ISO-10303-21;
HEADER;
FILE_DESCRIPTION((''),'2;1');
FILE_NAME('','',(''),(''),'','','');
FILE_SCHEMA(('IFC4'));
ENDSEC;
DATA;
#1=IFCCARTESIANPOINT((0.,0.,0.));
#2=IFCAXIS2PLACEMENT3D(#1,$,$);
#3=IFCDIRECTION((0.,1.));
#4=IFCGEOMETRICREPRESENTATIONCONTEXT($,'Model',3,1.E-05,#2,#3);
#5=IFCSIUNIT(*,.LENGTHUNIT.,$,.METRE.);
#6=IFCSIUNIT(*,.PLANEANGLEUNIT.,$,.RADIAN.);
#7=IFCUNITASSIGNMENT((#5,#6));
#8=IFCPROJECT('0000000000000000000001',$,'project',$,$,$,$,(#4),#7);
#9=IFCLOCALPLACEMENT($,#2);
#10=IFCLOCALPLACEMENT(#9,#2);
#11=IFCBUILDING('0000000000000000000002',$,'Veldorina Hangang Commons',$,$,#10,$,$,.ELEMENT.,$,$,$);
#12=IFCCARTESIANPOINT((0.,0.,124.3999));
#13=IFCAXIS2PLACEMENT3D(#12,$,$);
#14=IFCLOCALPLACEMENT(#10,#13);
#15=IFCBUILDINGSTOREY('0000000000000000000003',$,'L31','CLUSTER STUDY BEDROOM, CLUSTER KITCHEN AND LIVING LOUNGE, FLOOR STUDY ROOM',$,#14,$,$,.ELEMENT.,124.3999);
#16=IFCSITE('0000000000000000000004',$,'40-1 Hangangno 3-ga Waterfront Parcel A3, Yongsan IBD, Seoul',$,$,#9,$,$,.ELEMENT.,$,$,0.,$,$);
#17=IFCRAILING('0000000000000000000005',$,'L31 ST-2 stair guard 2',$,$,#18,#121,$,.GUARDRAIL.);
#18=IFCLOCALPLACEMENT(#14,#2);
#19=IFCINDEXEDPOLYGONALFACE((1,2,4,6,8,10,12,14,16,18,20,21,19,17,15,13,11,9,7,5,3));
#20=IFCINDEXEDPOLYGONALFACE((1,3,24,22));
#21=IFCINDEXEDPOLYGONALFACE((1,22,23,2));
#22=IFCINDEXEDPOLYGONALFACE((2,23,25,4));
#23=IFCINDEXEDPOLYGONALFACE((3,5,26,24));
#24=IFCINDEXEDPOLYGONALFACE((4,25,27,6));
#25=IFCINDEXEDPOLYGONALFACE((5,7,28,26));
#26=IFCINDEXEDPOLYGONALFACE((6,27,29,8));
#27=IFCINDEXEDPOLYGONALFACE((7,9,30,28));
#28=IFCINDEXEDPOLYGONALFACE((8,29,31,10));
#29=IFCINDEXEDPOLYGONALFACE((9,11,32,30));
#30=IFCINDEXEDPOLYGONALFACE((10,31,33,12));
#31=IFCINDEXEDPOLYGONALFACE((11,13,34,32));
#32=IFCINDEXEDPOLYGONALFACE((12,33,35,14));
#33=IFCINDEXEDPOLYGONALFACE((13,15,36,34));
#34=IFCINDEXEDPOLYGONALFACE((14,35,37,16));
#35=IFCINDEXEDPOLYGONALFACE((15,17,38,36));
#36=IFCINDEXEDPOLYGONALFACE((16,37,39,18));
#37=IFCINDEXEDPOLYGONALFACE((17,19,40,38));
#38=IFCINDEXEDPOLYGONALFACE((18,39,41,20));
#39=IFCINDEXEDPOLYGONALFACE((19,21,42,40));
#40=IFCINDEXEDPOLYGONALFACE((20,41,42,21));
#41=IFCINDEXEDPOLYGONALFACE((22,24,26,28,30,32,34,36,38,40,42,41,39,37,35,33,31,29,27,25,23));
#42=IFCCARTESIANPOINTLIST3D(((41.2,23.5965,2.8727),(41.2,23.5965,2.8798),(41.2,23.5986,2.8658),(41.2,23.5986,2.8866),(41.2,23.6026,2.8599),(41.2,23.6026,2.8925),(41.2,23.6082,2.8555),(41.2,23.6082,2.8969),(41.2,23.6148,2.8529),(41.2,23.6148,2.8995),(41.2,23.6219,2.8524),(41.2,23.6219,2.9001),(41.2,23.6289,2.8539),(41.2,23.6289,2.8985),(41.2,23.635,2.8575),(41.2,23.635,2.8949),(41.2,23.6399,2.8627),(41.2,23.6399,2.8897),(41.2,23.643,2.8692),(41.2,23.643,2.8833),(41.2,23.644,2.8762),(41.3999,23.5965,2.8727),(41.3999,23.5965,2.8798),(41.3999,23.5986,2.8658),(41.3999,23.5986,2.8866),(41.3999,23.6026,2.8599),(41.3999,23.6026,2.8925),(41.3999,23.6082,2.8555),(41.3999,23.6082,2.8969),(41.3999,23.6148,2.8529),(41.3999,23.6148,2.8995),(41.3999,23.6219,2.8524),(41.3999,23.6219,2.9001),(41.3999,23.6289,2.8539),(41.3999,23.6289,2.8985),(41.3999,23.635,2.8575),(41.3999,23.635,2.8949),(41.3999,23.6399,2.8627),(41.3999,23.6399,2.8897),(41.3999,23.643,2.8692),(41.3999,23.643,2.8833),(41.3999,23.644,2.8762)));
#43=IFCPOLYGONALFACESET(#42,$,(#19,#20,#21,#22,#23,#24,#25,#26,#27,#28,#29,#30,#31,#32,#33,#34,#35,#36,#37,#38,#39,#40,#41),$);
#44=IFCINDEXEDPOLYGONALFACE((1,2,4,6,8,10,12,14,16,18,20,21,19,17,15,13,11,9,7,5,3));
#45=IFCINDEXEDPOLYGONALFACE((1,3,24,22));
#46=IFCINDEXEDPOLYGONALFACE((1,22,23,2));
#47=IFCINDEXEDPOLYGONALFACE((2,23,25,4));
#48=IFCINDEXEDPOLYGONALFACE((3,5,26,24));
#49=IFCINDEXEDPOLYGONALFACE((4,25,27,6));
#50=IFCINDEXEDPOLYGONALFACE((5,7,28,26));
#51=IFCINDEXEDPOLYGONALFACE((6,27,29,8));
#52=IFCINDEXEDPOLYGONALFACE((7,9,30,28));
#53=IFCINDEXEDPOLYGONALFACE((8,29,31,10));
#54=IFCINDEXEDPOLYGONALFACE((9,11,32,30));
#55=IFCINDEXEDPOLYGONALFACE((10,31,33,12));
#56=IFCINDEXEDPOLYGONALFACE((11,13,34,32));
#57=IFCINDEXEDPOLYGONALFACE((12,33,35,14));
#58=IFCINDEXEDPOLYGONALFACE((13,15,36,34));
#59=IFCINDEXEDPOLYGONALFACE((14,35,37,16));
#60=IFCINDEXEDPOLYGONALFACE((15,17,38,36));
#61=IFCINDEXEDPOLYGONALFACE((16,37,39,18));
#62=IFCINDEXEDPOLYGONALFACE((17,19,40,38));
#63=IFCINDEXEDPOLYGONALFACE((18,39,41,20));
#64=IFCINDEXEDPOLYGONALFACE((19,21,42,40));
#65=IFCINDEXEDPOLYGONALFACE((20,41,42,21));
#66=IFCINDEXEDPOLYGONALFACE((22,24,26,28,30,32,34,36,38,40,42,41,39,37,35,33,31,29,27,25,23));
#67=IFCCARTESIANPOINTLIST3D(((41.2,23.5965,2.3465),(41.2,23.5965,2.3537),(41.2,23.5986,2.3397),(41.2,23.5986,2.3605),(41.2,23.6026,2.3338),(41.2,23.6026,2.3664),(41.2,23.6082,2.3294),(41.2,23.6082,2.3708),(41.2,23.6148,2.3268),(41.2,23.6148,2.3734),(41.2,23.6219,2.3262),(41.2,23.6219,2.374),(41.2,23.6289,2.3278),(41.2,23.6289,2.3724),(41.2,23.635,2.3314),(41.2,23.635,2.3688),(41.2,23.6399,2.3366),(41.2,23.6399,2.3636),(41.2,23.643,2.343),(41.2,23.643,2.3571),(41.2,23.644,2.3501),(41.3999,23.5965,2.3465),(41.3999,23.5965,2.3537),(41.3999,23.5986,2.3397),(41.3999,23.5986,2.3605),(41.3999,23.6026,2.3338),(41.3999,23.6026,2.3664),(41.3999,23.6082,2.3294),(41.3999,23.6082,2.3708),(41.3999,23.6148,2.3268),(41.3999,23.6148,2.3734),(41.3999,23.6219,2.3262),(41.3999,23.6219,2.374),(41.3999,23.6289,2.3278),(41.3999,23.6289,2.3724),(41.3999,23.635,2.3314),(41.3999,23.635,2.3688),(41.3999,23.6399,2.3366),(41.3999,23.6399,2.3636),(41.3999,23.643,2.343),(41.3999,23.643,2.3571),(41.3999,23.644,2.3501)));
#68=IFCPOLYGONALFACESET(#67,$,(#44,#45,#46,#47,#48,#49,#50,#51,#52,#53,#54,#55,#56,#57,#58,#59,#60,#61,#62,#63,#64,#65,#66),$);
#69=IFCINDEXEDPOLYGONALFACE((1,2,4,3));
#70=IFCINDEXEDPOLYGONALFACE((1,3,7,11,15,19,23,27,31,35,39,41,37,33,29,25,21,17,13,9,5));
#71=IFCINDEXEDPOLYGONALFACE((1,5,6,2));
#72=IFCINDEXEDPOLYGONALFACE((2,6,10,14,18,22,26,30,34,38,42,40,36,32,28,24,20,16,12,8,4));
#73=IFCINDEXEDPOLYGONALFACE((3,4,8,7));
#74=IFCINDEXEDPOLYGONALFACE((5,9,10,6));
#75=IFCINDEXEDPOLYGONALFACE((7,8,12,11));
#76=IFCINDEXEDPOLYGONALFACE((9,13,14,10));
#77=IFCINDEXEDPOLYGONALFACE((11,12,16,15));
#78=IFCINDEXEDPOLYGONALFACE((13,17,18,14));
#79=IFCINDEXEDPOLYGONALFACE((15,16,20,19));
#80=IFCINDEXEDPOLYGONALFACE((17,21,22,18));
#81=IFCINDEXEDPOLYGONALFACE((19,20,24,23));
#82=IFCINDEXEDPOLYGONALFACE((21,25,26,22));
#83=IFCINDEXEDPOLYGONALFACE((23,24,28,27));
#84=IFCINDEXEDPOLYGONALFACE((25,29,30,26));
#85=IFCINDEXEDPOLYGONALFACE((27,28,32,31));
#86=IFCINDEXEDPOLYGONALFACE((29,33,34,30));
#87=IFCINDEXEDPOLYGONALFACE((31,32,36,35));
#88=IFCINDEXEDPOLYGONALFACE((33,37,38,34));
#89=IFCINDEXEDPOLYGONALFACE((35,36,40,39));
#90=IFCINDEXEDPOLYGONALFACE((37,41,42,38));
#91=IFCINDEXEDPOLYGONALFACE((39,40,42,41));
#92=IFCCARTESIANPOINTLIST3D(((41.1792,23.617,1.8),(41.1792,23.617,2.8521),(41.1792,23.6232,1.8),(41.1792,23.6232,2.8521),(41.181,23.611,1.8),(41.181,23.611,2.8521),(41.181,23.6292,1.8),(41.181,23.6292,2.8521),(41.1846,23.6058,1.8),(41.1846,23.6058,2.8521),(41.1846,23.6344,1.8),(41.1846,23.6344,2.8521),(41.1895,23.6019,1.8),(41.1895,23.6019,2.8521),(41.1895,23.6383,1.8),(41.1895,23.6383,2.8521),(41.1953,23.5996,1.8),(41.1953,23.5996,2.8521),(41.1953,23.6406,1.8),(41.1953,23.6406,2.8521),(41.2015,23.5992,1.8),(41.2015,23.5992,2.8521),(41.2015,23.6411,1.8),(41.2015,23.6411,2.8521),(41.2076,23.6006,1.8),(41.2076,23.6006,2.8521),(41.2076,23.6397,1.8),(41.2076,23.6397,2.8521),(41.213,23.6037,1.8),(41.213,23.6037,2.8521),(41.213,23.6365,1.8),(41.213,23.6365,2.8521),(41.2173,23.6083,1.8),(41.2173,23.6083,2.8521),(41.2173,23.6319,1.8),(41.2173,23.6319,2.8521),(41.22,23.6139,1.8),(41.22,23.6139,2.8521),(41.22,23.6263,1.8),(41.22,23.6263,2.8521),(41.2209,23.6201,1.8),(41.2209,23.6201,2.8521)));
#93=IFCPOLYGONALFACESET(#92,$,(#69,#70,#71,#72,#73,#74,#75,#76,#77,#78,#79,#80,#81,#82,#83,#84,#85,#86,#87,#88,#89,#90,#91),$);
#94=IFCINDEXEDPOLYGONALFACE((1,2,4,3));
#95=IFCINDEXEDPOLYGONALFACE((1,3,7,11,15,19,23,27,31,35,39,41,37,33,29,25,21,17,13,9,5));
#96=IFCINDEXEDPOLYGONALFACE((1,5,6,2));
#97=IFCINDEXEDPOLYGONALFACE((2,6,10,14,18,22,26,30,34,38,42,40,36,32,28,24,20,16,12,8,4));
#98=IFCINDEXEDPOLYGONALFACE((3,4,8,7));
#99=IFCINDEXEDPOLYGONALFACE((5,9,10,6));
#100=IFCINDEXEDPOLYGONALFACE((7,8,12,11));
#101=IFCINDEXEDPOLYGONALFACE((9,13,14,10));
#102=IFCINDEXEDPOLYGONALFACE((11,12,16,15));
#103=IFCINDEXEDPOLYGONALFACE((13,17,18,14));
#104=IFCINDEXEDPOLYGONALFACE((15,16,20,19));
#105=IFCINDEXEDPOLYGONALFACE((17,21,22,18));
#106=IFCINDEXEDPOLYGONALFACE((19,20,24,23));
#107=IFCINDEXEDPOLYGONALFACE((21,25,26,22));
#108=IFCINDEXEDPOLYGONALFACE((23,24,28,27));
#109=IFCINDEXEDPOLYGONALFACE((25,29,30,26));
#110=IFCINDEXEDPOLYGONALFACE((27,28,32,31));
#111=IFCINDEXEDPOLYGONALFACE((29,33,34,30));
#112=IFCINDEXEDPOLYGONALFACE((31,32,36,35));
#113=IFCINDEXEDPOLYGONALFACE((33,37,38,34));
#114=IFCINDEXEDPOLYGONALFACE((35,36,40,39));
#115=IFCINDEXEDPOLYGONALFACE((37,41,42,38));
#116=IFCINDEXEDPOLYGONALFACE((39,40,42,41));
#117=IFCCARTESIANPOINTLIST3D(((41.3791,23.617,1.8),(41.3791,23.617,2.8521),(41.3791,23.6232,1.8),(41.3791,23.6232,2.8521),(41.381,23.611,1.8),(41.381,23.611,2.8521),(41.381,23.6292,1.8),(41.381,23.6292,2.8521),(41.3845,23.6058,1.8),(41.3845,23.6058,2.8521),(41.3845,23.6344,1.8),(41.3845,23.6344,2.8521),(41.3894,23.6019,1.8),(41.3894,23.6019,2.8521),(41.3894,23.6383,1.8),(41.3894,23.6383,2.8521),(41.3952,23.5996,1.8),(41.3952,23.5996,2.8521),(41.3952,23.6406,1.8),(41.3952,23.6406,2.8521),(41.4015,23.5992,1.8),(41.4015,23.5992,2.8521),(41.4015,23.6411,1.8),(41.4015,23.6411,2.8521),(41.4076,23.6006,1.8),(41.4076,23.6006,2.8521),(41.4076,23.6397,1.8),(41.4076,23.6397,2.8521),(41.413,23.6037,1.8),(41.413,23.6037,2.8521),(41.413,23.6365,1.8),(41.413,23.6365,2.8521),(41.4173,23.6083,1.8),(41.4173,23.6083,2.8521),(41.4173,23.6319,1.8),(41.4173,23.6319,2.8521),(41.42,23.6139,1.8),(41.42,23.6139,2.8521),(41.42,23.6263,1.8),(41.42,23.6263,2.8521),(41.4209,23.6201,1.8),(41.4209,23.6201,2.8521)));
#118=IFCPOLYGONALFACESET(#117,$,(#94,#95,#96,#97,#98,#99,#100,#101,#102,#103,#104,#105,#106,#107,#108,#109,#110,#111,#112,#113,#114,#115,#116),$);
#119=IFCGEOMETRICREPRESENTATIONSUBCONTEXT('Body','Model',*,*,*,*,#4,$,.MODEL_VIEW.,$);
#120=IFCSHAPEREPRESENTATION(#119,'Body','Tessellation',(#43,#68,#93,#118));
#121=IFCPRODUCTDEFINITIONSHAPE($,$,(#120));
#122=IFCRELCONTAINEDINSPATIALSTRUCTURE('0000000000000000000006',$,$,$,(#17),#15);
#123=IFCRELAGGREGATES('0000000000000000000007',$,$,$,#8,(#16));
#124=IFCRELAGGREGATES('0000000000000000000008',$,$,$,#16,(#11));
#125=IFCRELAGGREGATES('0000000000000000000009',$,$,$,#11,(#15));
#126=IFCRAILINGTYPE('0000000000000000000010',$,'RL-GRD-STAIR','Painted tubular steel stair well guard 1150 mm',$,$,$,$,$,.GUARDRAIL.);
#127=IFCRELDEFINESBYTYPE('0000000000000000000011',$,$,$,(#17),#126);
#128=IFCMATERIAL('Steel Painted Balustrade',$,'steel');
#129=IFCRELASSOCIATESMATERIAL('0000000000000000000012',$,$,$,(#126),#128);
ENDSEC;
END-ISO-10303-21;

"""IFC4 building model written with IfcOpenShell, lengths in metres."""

from ifc_helpers import new_model, si_unit, direction, frame, origin, origin_2d, place, context, subcontext, project, spatial, circle, extrude, material, type_object, element, save


model = new_model("IFC4")

# Units and contexts
model_context = context("Model", 3, precision=1e-05, world=origin(), true_north=direction((0.0, 1.0)))
body_context = subcontext(model_context, "Body", "Model", "MODEL_VIEW")
ifc_project = project(units=[si_unit("LENGTHUNIT", "METRE"), si_unit("PLANEANGLEUNIT", "RADIAN")], contexts=[model_context])

# Site, building, storey
site_placement = place(None, origin())
site = spatial("IfcSite", under=ifc_project, at=site_placement, Name="40-1 Hangangno 3-ga Waterfront Parcel A3, Yongsan IBD, Seoul", CompositionType="ELEMENT", RefElevation=0.0)
building_placement = place(site_placement, origin())
building = spatial("IfcBuilding", under=site, at=building_placement, Name="Veldorina Hangang Commons", CompositionType="ELEMENT")
storey_placement = place(building_placement, frame((0.0, 0.0, 124.3999)))
storey = spatial("IfcBuildingStorey", under=building, at=storey_placement, Name="L31", Description="CLUSTER STUDY BEDROOM, CLUSTER KITCHEN AND LIVING LOUNGE, FLOOR STUDY ROOM", CompositionType="ELEMENT", Elevation=124.3999)

# Railing
ifc_material_1 = material(Name="Steel Painted Balustrade", Category="steel")
railing_type_1 = type_object("IfcRailingType", Name="RL-GRD-STAIR", Description="Painted tubular steel stair well guard 1150 mm", PredefinedType="GUARDRAIL", material=ifc_material_1)
railing_1_placement = place(storey_placement, frame((41.2, 23.6201, 1.8)))
element("IfcRailing", 1, at=railing_1_placement, inside=storey, type_object=railing_type_1, Name="L31 ST-2 stair guard 2", PredefinedType="GUARDRAIL", context=body_context, shape_type="SweptSolid", body=[
    extrude(circle(Radius=0.0239, at=origin_2d()), frame((0.0, 0.0, 1.0762), z_axis=(1.0, 0.0, 0.0), x_axis=(0.0, 1.0, 0.0)), (0.0, 0.0, 1.0), 0.2),
    extrude(circle(Radius=0.0239, at=origin_2d()), frame((0.0, 0.0, 0.55), z_axis=(1.0, 0.0, 0.0), x_axis=(0.0, 1.0, 0.0)), (0.0, 0.0, 1.0), 0.2),
    extrude(circle(Radius=0.021, at=origin_2d()), origin(), (0.0, 0.0, 1.0), 1.052),
    extrude(circle(Radius=0.021, at=origin_2d()), frame((0.2, 0.0, 0.0)), (0.0, 0.0, 1.0), 1.052),
])

save(model, "model.ifc")
